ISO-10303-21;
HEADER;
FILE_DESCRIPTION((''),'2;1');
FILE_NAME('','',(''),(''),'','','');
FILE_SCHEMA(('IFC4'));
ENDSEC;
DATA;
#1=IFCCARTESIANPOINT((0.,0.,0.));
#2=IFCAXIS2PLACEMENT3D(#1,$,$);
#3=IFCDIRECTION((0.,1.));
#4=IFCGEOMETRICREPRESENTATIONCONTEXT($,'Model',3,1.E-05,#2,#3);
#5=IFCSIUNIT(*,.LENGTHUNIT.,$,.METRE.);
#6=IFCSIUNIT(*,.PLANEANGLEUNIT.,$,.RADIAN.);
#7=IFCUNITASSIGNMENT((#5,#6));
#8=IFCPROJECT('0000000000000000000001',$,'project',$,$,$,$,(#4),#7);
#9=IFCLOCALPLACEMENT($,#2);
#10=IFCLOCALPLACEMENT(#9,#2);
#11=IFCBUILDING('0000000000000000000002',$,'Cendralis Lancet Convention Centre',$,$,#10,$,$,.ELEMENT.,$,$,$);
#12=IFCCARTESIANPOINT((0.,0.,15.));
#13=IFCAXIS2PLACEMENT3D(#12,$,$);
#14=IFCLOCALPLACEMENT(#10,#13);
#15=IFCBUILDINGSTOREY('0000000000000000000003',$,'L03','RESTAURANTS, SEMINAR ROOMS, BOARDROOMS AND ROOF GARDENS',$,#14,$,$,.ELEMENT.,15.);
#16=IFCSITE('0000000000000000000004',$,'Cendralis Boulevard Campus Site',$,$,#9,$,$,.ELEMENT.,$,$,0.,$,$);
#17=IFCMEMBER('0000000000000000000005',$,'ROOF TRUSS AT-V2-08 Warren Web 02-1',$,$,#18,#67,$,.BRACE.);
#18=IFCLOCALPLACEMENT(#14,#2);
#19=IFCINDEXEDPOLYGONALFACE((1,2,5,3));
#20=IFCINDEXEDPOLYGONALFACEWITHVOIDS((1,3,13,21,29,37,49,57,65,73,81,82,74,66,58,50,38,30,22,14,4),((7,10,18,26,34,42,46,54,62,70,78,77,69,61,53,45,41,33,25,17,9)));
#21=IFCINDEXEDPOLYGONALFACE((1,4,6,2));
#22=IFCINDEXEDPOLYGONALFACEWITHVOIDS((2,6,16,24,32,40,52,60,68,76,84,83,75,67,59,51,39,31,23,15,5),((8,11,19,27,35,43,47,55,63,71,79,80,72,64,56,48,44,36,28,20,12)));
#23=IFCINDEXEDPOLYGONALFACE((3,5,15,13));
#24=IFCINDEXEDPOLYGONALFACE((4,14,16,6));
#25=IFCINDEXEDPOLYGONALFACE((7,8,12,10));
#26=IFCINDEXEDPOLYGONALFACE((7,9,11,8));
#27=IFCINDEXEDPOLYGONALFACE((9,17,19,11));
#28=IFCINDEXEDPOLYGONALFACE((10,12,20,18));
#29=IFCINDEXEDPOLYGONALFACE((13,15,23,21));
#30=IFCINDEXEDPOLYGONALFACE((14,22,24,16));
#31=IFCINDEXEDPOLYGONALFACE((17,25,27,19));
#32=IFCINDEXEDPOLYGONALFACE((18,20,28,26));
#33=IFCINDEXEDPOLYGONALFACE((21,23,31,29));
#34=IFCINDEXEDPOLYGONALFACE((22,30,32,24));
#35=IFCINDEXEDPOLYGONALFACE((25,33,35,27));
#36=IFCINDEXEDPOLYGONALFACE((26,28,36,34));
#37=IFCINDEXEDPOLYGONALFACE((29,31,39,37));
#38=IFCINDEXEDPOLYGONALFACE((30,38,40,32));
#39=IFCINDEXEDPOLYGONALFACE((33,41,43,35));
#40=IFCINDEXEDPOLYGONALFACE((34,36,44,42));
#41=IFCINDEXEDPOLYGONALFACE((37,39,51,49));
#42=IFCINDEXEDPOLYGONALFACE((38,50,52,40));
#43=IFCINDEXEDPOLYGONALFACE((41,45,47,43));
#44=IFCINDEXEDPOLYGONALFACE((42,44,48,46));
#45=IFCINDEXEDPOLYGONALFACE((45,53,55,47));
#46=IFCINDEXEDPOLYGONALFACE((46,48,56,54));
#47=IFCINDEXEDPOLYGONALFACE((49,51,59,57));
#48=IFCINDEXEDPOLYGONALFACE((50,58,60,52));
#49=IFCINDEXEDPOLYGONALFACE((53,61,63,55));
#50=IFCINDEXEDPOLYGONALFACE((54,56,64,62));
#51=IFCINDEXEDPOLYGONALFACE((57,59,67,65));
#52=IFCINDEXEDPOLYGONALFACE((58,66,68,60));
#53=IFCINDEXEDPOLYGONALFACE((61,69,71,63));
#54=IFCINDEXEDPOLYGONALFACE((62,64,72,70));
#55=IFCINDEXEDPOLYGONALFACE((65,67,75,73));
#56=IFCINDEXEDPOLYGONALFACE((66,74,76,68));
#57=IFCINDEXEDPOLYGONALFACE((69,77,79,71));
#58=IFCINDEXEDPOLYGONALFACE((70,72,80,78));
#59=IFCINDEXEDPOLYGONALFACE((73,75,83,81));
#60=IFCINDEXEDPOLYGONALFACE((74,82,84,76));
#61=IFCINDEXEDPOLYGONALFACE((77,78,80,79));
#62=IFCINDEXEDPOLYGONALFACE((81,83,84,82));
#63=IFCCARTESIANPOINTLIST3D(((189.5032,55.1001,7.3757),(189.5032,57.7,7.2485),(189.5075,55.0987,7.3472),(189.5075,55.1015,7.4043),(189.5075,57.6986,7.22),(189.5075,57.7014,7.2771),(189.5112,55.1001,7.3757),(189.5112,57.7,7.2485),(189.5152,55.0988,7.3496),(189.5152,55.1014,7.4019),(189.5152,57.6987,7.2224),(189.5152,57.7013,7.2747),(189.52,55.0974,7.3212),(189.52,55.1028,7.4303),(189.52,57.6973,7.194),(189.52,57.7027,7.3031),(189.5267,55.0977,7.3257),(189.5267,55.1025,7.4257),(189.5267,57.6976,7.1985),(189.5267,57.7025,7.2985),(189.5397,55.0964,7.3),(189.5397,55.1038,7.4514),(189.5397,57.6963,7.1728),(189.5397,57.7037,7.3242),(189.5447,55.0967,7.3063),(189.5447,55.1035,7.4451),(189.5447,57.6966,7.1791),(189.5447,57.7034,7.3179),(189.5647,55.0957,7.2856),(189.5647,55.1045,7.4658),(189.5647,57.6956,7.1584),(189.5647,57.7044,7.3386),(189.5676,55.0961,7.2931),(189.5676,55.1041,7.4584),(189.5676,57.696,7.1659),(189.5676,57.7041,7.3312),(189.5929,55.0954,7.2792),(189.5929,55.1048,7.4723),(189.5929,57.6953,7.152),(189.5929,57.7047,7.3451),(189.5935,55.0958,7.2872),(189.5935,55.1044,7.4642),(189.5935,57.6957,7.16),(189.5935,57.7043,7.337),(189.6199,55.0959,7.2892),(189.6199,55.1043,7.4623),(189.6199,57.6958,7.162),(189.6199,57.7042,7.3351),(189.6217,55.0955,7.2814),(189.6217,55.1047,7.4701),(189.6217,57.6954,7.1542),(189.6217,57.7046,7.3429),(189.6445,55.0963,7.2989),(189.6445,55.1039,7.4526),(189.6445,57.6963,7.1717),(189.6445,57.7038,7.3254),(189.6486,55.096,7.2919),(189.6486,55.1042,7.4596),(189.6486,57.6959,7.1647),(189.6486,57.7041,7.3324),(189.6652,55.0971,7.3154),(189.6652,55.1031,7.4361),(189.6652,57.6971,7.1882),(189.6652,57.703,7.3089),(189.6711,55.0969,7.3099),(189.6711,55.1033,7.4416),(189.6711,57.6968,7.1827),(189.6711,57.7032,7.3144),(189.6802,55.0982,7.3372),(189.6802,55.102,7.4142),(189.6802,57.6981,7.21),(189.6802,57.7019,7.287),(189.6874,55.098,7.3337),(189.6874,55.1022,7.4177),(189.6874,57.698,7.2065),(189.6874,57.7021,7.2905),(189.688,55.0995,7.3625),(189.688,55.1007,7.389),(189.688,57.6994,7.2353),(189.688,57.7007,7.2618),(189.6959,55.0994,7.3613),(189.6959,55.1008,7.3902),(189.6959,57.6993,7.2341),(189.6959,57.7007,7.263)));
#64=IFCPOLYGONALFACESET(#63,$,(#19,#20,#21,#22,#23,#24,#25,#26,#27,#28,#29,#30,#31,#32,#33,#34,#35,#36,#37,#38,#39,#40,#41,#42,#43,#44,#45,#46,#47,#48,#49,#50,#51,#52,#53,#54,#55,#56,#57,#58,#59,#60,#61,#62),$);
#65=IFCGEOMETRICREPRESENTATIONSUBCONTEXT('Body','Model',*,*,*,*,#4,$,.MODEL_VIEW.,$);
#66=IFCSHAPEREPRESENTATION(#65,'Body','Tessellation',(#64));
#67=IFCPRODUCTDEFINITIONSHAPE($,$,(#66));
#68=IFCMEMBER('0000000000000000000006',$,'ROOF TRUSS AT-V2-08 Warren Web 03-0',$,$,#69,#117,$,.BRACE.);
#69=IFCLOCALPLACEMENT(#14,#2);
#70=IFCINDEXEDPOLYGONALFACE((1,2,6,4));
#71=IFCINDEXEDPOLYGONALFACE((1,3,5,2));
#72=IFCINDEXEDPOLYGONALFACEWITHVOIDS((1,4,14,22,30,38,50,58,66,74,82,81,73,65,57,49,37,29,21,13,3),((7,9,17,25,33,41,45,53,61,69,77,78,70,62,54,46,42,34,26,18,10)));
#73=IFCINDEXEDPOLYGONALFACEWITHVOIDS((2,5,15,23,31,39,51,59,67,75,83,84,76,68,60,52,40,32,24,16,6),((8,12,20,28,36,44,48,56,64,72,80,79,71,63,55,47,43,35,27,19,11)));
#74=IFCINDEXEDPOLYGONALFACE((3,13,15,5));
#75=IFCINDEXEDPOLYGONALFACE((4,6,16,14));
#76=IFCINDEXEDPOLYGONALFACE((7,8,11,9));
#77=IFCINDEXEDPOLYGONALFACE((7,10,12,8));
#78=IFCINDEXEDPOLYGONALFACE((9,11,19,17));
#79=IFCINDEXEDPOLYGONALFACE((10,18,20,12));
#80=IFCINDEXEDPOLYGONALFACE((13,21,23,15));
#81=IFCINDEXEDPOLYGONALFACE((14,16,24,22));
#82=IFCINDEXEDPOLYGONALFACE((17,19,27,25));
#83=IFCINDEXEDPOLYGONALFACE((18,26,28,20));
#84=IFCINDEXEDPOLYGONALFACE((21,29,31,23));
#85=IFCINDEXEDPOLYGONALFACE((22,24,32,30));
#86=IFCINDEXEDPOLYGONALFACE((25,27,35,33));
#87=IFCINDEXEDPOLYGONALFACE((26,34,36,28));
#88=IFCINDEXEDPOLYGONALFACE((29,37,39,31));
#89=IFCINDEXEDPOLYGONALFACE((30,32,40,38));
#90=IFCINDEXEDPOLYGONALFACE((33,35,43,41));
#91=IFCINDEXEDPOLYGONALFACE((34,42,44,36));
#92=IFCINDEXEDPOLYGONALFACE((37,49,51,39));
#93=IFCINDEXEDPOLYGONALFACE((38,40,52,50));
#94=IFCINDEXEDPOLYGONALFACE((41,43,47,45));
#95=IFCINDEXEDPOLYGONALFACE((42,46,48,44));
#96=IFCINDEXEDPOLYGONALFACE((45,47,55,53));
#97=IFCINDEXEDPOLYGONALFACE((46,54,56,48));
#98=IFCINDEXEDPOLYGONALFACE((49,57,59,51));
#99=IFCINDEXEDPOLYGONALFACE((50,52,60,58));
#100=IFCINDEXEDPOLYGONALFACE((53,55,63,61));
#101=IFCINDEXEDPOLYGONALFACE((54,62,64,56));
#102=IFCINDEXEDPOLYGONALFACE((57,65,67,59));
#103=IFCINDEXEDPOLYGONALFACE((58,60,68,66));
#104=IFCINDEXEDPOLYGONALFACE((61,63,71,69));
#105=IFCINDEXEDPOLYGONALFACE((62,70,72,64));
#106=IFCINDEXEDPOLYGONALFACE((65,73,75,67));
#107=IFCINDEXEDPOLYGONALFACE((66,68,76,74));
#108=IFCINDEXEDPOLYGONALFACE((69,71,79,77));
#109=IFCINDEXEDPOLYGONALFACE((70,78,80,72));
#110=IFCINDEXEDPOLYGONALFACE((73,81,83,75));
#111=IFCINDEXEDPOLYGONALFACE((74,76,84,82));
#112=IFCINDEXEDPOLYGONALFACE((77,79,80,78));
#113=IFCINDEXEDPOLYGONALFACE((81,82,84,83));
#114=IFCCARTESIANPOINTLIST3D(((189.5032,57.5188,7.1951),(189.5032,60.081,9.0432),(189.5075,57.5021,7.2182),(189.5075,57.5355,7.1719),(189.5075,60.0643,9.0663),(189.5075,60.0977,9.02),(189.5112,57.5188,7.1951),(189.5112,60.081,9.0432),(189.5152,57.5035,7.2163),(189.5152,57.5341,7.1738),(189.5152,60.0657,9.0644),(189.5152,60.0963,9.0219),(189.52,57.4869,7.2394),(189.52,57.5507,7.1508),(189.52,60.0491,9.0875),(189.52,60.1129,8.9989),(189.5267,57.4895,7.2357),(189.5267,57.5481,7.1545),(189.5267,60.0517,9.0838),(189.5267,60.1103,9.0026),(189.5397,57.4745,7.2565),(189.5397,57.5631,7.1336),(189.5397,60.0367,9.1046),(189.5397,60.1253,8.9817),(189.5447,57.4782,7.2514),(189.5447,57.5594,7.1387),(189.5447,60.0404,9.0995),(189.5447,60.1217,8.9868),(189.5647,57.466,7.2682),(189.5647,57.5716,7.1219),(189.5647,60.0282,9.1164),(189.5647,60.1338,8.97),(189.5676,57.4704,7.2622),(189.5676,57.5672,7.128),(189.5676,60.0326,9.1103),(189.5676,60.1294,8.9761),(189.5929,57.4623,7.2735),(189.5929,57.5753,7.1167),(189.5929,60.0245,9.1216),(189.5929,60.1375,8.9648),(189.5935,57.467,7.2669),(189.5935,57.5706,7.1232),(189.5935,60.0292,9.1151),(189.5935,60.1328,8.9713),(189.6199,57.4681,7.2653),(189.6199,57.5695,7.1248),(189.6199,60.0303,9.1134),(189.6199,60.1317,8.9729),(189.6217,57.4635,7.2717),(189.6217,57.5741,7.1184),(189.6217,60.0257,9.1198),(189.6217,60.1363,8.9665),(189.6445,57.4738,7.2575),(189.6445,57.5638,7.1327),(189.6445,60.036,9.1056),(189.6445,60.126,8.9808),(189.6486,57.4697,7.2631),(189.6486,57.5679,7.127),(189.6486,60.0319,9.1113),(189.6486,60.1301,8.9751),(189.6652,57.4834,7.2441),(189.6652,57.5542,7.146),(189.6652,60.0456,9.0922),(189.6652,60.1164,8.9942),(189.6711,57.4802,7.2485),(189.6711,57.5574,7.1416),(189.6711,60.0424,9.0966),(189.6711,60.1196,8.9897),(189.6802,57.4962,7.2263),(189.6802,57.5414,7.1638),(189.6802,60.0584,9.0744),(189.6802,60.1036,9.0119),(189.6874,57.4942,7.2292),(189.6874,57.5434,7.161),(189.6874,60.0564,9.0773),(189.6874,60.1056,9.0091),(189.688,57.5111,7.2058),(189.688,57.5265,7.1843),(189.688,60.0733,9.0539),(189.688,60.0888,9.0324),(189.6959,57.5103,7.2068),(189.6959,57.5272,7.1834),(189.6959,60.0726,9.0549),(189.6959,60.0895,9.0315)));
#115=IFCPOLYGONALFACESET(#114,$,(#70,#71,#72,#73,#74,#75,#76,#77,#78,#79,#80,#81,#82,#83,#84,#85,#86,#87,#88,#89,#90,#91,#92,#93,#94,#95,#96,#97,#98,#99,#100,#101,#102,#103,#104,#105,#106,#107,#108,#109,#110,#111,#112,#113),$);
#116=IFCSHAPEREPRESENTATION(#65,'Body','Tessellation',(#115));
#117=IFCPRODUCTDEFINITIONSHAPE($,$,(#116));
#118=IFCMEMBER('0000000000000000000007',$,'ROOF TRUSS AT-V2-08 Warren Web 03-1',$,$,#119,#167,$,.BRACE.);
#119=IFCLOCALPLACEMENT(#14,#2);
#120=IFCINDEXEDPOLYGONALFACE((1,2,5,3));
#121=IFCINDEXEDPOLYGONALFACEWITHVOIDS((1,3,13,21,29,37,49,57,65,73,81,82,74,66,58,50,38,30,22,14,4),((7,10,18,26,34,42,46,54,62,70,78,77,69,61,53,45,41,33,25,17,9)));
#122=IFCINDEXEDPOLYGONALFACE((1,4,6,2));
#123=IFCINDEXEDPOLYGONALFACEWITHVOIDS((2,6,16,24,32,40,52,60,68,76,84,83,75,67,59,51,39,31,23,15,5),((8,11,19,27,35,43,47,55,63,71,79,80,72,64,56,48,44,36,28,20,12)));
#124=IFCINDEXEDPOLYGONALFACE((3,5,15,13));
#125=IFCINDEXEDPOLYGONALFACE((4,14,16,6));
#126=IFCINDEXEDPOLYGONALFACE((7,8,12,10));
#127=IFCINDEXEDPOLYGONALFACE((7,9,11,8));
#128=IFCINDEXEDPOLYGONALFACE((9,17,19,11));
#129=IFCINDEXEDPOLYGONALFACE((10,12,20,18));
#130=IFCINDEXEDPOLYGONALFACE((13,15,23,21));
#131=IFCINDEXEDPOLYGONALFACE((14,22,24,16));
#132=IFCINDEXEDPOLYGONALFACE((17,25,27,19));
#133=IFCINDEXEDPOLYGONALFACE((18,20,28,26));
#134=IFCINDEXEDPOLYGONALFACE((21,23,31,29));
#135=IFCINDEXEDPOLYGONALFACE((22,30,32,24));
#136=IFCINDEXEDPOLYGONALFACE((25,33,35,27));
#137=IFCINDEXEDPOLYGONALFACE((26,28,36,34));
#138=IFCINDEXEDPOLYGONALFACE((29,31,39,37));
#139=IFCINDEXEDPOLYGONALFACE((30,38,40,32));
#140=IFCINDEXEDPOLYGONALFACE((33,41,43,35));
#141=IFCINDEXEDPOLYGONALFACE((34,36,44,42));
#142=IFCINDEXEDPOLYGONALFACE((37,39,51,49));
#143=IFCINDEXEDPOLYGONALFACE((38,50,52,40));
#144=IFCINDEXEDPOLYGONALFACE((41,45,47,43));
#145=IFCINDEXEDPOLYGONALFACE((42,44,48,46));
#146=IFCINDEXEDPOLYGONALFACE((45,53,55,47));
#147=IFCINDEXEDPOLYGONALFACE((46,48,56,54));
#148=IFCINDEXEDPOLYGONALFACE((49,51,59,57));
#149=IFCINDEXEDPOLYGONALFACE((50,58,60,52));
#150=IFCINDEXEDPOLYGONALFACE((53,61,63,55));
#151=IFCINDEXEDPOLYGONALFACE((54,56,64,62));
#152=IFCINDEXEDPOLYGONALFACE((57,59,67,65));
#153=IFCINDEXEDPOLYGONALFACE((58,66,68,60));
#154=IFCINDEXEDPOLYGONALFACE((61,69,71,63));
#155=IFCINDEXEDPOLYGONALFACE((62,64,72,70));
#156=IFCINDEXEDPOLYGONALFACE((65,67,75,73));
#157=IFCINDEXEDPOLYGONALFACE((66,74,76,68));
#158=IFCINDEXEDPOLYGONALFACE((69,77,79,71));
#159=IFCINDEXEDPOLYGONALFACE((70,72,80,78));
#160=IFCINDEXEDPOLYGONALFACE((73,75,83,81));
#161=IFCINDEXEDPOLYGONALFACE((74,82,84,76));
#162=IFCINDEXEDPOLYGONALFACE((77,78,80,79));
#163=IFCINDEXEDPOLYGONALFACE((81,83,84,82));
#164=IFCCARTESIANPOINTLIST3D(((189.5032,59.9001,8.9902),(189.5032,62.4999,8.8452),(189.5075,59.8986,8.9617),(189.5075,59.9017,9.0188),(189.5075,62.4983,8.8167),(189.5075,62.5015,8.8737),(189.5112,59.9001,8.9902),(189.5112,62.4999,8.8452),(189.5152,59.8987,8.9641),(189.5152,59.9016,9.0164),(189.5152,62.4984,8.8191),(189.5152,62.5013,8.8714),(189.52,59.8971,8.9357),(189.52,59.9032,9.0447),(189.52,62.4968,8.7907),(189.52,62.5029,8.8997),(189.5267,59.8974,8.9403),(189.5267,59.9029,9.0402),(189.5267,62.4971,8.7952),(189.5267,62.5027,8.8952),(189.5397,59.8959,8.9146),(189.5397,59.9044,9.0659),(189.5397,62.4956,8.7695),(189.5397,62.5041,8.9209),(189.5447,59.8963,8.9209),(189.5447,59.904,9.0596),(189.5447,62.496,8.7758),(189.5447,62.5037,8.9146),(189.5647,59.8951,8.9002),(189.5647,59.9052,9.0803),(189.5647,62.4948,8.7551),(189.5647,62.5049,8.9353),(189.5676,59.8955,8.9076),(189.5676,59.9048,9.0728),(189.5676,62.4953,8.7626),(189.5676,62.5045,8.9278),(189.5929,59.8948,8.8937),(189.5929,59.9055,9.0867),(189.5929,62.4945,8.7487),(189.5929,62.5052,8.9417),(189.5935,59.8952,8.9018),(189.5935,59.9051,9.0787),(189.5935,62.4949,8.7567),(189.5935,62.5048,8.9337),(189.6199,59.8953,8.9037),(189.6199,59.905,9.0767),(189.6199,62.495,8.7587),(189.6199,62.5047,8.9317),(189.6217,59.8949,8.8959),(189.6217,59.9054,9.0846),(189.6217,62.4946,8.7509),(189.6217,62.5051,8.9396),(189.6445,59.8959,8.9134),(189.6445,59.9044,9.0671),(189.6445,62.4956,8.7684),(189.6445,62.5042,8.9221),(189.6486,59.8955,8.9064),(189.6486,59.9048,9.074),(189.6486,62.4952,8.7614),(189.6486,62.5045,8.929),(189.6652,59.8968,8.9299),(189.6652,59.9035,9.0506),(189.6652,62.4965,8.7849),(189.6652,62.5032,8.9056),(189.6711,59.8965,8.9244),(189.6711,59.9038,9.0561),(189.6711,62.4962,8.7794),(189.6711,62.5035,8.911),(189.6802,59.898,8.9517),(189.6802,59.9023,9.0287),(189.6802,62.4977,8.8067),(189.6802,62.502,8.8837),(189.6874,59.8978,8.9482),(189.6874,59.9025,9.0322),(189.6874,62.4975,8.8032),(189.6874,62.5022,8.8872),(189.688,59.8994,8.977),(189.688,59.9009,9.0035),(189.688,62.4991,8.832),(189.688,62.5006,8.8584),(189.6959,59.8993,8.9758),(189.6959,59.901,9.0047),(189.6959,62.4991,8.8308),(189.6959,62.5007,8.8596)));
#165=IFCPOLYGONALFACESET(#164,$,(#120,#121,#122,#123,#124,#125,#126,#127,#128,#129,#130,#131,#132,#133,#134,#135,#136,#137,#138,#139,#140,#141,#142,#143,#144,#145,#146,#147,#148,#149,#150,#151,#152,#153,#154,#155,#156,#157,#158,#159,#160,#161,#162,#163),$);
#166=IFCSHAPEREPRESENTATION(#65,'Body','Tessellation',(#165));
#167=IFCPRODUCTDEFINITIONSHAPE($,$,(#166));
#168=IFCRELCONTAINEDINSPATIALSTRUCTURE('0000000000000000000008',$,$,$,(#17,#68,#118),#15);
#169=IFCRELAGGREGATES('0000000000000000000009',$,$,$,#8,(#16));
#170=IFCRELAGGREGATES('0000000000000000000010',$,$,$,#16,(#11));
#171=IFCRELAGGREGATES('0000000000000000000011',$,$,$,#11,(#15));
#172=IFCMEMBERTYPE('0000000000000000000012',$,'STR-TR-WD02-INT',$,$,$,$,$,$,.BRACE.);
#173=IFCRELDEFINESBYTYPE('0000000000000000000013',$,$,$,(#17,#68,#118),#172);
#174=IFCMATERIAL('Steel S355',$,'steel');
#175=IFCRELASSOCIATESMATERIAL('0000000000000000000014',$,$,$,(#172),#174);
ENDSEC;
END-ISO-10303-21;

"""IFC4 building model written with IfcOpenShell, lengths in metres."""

from ifc_helpers import new_model, si_unit, direction, frame, origin, origin_2d, place, context, subcontext, project, spatial, hollow_circle, extrude, material, material_profile, profile_set, type_object, element, save


model = new_model("IFC4")

# Units and contexts
model_context = context("Model", 3, precision=1e-05, world=origin(), true_north=direction((0.0, 1.0)))
body_context = subcontext(model_context, "Body", "Model", "MODEL_VIEW")
ifc_project = project(units=[si_unit("LENGTHUNIT", "METRE"), si_unit("PLANEANGLEUNIT", "RADIAN")], contexts=[model_context])

# Site, building, storey
site_placement = place(None, origin())
site = spatial("IfcSite", under=ifc_project, at=site_placement, Name="Cendralis Boulevard Campus Site", CompositionType="ELEMENT", RefElevation=0.0)
building_placement = place(site_placement, origin())
building = spatial("IfcBuilding", under=site, at=building_placement, Name="Cendralis Lancet Convention Centre", CompositionType="ELEMENT")
storey_placement = place(building_placement, frame((0.0, 0.0, 15.0)))
storey = spatial("IfcBuildingStorey", under=building, at=storey_placement, Name="L03", Description="RESTAURANTS, SEMINAR ROOMS, BOARDROOMS AND ROOF GARDENS", CompositionType="ELEMENT", Elevation=15.0)

# Members
ifc_material = material(Name="Steel S355", Category="steel")
ifc_material_profile_1 = material_profile(ifc_material, hollow_circle(Radius=0.0969, WallThickness=0.0081, at=origin_2d()), Name="CHS 193.7x8.0")
ifc_profile_set_1 = profile_set([ifc_material_profile_1], Name="Steel S355")
member_type_1 = type_object("IfcMemberType", Name="STR-TR-WD02-INT", PredefinedType="BRACE", material=ifc_profile_set_1)
member_1_placement = place(storey_placement, frame((189.6001, 55.1001, 7.3757), z_axis=(0.0, 0.998805, -0.048866), x_axis=(-1.0, 0.0, 0.0)))
element("IfcMember", 1, at=member_1_placement, inside=storey, type_object=member_type_1, Name="ROOF TRUSS AT-V2-08 Warren Web 02-1", PredefinedType="BRACE", context=body_context, shape_type="SweptSolid", body=[
    extrude(hollow_circle(Radius=0.0969, WallThickness=0.0081, at=origin_2d()), origin(), (0.0, 0.0, 1.0), 2.603),
])
member_2_placement = place(storey_placement, frame((189.6001, 57.5188, 7.1951), z_axis=(0.0, 0.811036, 0.584997), x_axis=(-1.0, 0.0, 0.0)))
element("IfcMember", 2, at=member_2_placement, inside=storey, type_object=member_type_1, Name="ROOF TRUSS AT-V2-08 Warren Web 03-0", PredefinedType="BRACE", context=body_context, shape_type="SweptSolid", body=[
    extrude(hollow_circle(Radius=0.0969, WallThickness=0.0081, at=origin_2d()), origin(), (0.0, 0.0, 1.0), 3.1592),
])
member_3_placement = place(storey_placement, frame((189.6001, 59.9001, 8.9902), z_axis=(0.0, 0.998448, -0.055699), x_axis=(-1.0, 0.0, 0.0)))
element("IfcMember", 3, at=member_3_placement, inside=storey, type_object=member_type_1, Name="ROOF TRUSS AT-V2-08 Warren Web 03-1", PredefinedType="BRACE", context=body_context, shape_type="SweptSolid", body=[
    extrude(hollow_circle(Radius=0.0969, WallThickness=0.0081, at=origin_2d()), origin(), (0.0, 0.0, 1.0), 2.6038),
])

save(model, "model.ifc")
